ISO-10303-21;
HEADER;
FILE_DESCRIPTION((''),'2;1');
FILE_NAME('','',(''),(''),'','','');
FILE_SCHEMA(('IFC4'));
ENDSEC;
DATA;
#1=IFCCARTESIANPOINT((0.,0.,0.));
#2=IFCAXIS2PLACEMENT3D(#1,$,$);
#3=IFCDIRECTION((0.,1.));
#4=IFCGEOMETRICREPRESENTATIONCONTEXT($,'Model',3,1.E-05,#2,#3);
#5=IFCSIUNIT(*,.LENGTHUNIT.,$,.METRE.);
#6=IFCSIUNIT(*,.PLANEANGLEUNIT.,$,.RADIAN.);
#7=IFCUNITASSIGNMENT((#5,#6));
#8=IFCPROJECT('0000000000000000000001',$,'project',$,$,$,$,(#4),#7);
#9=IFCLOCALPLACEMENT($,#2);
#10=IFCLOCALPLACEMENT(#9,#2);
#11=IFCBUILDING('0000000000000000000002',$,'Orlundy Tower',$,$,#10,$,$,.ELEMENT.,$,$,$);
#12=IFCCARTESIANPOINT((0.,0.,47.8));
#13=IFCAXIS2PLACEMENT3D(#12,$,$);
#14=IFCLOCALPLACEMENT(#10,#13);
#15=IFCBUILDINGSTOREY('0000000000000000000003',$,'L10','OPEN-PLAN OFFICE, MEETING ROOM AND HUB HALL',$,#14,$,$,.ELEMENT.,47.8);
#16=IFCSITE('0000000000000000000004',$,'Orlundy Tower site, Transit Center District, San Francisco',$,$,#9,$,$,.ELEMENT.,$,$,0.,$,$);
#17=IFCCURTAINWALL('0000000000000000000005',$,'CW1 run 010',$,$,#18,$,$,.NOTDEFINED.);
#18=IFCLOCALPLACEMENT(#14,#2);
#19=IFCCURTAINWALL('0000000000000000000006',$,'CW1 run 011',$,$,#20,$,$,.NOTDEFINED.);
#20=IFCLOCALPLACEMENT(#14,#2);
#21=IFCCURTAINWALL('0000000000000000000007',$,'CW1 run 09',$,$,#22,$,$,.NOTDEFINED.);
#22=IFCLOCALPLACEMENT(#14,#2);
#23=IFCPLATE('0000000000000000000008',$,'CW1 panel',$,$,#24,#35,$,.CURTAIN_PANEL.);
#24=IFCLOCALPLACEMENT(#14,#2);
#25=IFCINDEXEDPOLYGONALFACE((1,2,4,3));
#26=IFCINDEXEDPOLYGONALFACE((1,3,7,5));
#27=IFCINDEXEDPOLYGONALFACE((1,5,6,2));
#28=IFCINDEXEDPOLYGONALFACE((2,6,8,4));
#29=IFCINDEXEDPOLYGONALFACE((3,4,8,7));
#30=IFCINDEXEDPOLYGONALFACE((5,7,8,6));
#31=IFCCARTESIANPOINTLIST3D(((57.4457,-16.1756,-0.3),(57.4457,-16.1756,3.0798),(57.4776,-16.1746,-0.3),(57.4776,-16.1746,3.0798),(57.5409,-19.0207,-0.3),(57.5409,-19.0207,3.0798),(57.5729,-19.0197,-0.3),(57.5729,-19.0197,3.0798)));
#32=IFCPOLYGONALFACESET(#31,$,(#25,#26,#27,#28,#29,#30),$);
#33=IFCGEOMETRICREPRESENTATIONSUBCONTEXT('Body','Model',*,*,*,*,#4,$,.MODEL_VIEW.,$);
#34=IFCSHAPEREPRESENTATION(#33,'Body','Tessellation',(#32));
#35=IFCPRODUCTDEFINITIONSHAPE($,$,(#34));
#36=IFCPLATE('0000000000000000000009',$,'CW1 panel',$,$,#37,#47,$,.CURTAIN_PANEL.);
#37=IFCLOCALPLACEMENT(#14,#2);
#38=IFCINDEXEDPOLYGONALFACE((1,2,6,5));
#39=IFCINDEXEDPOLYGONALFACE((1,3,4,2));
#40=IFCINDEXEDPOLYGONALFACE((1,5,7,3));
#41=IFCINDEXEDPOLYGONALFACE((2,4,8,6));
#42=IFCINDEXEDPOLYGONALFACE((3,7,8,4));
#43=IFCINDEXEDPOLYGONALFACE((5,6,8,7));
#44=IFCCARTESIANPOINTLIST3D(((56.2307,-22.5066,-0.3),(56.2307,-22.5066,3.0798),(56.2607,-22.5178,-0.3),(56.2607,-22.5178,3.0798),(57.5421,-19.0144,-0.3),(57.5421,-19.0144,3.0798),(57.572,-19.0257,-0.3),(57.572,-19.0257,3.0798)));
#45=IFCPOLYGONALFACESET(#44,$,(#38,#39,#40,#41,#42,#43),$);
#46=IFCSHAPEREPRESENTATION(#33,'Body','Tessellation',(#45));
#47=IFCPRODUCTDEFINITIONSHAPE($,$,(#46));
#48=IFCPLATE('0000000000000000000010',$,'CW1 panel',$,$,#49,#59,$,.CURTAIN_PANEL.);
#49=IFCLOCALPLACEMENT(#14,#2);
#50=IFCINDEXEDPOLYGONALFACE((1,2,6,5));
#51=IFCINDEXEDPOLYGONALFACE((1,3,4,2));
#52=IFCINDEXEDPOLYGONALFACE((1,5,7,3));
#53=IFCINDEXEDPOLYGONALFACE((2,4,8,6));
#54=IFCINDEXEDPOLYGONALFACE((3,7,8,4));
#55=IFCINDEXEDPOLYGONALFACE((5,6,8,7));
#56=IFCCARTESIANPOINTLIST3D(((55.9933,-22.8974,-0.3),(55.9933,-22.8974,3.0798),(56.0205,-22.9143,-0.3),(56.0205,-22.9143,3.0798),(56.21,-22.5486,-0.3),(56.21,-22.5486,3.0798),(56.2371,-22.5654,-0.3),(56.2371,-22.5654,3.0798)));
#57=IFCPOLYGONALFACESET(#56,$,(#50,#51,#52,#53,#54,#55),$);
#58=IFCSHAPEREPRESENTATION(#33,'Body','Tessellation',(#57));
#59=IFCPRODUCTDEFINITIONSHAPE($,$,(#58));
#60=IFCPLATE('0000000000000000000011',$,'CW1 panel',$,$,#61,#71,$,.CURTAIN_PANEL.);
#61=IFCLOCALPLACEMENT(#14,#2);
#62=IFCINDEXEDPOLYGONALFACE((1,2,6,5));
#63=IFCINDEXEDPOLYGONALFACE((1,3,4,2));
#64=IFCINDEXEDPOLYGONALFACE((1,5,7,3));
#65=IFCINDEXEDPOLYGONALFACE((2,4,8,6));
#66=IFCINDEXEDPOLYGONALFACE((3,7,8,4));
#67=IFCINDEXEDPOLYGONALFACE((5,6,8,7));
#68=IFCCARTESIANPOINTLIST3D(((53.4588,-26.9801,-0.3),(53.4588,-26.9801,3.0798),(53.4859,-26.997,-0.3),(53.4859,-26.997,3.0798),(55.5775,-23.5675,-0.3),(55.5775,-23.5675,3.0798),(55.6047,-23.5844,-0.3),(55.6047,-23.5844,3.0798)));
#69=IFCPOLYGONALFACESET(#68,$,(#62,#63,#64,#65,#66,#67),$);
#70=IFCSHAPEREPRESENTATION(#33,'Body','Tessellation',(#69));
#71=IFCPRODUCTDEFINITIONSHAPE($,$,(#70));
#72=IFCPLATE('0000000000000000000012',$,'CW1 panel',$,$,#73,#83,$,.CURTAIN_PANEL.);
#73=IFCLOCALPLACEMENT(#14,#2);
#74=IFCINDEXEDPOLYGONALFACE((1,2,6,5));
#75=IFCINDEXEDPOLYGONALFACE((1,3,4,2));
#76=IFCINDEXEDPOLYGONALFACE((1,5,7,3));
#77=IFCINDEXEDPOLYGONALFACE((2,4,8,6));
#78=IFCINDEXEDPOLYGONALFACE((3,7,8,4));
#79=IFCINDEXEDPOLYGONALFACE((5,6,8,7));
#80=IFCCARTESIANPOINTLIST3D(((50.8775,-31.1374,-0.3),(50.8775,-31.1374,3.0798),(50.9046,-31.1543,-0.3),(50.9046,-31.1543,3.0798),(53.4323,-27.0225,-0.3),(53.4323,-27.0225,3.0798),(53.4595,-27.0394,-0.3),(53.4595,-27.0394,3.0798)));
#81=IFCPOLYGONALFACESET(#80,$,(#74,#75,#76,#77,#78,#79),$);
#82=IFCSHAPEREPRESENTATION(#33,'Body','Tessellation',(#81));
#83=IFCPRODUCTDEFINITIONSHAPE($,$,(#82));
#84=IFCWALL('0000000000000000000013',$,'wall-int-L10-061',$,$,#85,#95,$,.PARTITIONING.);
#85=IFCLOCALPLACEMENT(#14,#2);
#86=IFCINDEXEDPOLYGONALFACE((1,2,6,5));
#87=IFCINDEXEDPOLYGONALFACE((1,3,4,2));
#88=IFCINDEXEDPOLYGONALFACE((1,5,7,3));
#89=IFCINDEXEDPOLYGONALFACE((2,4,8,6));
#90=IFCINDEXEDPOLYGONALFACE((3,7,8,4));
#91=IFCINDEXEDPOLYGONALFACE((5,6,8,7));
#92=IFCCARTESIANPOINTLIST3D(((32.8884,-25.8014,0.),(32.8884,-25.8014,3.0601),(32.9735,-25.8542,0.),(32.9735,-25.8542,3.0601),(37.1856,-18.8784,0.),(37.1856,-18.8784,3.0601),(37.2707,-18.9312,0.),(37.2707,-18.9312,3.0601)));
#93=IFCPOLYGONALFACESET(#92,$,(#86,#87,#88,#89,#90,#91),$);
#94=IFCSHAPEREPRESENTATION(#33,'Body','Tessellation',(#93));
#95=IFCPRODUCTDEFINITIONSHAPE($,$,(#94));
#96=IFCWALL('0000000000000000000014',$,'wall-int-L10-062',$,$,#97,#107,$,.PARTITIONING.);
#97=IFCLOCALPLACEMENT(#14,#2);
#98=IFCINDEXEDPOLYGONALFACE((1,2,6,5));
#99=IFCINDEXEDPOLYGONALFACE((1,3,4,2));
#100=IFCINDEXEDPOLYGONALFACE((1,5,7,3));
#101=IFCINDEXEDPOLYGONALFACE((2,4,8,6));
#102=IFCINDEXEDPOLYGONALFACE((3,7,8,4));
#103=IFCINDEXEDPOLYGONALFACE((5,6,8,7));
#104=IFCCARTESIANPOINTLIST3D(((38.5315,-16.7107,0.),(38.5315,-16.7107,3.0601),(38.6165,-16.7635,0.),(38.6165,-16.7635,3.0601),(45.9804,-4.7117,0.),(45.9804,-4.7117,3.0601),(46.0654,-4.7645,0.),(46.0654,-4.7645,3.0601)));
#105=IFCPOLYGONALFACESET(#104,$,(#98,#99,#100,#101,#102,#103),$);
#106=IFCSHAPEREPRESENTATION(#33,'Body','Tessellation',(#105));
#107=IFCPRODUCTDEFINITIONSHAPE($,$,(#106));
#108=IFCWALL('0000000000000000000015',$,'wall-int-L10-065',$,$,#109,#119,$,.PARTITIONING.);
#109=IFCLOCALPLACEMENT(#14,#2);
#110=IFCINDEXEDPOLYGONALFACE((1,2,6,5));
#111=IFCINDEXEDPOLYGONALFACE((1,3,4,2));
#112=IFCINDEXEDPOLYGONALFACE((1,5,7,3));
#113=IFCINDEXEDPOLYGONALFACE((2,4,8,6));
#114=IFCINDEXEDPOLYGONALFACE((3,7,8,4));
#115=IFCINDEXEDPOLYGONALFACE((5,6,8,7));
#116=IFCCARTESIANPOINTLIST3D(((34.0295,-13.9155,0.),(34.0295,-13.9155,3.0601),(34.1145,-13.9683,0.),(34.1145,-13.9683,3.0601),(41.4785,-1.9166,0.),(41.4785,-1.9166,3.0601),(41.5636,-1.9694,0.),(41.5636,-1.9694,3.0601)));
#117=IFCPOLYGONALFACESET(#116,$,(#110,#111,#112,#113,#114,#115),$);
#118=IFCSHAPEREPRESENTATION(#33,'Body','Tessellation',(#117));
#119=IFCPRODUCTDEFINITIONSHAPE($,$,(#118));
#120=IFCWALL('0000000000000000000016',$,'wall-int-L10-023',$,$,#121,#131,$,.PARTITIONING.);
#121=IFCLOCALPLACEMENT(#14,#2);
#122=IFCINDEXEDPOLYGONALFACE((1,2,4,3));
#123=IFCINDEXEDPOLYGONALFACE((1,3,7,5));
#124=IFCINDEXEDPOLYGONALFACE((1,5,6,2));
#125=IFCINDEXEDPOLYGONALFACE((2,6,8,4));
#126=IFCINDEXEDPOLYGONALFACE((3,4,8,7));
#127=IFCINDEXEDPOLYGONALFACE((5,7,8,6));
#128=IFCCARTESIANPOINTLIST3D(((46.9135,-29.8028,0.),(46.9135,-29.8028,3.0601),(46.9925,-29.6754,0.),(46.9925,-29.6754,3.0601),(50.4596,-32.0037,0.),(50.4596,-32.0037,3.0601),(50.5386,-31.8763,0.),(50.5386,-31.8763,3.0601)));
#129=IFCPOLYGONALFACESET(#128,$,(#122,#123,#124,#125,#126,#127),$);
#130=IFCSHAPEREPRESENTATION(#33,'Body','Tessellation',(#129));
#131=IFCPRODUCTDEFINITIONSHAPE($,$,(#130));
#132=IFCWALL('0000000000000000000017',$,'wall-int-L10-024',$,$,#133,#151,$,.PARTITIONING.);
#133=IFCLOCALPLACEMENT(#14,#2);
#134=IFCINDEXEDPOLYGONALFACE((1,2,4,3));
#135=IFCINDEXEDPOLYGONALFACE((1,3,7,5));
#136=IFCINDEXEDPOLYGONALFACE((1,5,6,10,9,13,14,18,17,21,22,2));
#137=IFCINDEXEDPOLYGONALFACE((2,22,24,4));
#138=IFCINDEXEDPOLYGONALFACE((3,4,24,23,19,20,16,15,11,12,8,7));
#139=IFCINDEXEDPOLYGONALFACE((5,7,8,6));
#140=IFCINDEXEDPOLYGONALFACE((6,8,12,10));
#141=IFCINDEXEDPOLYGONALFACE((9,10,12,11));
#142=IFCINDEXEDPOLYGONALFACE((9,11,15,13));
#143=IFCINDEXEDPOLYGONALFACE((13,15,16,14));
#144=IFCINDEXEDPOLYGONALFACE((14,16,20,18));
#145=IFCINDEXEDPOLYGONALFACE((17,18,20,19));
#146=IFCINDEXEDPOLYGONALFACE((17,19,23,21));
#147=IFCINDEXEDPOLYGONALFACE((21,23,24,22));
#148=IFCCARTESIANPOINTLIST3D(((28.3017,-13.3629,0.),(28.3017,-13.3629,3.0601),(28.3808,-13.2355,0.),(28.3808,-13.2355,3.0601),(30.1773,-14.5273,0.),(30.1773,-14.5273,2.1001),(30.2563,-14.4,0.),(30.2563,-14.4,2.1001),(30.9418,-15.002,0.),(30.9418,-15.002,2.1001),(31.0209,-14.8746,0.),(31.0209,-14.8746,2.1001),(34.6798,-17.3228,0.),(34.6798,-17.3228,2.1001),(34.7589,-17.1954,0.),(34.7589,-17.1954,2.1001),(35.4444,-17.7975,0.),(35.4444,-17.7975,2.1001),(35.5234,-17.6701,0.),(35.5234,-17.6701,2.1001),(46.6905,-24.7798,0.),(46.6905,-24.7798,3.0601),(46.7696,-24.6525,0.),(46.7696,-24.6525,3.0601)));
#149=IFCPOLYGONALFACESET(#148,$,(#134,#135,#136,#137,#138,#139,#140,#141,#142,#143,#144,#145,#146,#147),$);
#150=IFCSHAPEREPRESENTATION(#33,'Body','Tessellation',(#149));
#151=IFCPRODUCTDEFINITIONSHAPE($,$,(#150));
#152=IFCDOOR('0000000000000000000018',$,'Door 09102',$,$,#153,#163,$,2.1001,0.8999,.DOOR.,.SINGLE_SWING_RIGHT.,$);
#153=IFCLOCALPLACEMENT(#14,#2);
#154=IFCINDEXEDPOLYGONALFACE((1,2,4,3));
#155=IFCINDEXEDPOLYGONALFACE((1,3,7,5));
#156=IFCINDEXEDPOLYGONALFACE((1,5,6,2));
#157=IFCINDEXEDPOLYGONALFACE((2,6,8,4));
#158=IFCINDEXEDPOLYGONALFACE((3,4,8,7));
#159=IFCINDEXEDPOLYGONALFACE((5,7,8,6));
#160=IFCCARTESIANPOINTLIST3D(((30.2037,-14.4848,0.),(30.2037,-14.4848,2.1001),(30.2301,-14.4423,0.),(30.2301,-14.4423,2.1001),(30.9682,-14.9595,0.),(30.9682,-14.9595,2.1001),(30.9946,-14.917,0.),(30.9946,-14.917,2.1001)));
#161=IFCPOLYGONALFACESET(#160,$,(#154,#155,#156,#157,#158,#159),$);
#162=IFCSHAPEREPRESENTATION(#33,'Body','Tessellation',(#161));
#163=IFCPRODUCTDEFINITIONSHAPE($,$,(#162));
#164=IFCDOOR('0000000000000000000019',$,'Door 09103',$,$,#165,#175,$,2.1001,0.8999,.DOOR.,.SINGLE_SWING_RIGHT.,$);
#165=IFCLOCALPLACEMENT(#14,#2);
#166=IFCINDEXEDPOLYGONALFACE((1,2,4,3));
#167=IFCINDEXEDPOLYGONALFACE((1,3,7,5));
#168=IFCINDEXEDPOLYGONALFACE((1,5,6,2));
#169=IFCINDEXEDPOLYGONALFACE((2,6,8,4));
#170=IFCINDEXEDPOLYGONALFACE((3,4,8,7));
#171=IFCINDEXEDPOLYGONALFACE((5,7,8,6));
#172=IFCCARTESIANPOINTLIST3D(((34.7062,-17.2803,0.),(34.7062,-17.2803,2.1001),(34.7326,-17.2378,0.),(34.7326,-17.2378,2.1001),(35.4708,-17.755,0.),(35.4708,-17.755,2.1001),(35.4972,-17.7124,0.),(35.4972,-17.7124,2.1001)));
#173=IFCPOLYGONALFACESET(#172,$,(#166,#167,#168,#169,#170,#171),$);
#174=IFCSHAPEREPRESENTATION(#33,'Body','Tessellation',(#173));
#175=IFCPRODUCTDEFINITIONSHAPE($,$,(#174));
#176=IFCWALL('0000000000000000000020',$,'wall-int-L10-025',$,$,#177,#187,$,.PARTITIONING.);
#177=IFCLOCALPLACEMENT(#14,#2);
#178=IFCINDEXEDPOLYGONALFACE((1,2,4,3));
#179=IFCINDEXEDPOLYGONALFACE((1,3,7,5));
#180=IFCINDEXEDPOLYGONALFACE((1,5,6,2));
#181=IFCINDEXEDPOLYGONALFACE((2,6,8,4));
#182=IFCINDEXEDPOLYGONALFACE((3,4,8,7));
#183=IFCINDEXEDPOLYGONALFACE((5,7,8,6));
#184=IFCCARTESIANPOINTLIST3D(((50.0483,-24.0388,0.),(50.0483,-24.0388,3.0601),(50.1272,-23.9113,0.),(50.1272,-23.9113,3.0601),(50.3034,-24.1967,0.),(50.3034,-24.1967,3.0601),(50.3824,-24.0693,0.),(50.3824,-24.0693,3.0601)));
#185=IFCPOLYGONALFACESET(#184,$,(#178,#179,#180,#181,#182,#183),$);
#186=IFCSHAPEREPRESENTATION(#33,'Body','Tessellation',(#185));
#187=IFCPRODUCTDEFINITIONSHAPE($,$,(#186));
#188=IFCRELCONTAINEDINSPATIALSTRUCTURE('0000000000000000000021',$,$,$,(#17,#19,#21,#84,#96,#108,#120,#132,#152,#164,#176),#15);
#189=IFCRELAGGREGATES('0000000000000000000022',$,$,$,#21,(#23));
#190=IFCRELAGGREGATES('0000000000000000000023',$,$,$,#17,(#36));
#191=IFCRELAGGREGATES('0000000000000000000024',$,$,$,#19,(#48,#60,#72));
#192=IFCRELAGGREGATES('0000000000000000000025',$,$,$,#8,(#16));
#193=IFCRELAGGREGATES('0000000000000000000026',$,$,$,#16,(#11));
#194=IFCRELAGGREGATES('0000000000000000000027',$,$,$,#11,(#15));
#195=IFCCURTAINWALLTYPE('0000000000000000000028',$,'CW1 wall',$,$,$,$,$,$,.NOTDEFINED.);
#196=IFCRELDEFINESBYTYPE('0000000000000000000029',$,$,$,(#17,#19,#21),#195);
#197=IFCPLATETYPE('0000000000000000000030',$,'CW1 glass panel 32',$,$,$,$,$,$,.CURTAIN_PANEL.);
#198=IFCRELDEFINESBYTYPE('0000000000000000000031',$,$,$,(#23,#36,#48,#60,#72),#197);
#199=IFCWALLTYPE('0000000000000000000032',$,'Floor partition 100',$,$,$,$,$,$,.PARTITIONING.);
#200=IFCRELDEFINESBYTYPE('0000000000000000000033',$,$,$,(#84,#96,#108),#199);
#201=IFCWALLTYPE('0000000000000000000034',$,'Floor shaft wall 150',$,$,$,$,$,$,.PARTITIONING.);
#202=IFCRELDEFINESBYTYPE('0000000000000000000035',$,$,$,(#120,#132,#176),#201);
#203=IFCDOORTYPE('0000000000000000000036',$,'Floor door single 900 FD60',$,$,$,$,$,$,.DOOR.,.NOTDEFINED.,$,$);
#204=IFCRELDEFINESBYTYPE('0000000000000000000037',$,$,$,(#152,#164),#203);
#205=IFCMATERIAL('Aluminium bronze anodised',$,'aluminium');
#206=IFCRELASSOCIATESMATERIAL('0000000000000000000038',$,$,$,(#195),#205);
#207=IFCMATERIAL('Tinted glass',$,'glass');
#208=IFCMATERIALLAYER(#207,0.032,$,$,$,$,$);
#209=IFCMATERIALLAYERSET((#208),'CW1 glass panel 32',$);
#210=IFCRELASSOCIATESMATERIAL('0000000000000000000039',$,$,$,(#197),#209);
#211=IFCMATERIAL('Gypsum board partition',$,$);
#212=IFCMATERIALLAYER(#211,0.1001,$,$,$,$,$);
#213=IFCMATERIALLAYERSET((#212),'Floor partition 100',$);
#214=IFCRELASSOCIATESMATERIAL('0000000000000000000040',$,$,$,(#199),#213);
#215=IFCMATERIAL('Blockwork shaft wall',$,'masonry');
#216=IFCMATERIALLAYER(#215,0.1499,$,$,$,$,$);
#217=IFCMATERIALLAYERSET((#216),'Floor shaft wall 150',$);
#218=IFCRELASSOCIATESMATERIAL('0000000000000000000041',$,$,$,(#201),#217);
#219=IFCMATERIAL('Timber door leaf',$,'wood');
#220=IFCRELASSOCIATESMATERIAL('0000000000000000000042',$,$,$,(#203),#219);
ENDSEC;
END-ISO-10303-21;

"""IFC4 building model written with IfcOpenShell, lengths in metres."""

from ifc_helpers import new_model, si_unit, direction, frame, frame_2d, origin, origin_2d, place, context, subcontext, project, spatial, rectangle, extrude, material, layer, layer_set, type_object, element, fill, aggregate, save


model = new_model("IFC4")

# Units and contexts
model_context = context("Model", 3, precision=1e-05, world=origin(), true_north=direction((0.0, 1.0)))
body_context = subcontext(model_context, "Body", "Model", "MODEL_VIEW")
ifc_project = project(units=[si_unit("LENGTHUNIT", "METRE"), si_unit("PLANEANGLEUNIT", "RADIAN")], contexts=[model_context])

# Site, building, storey
site_placement = place(None, origin())
site = spatial("IfcSite", under=ifc_project, at=site_placement, Name="Orlundy Tower site, Transit Center District, San Francisco", CompositionType="ELEMENT", RefElevation=0.0)
building_placement = place(site_placement, origin())
building = spatial("IfcBuilding", under=site, at=building_placement, Name="Orlundy Tower", CompositionType="ELEMENT")
storey_placement = place(building_placement, frame((0.0, 0.0, 47.8)))
storey = spatial("IfcBuildingStorey", under=building, at=storey_placement, Name="L10", Description="OPEN-PLAN OFFICE, MEETING ROOM AND HUB HALL", CompositionType="ELEMENT", Elevation=47.8)

# Curtain wall
ifc_material_1 = material(Name="Aluminium bronze anodised", Category="aluminium")
curtain_wall_type = type_object("IfcCurtainWallType", Name="CW1 wall", PredefinedType="NOTDEFINED", material=ifc_material_1)
curtain_wall_1_placement = place(storey_placement, origin())
curtain_wall_1 = element("IfcCurtainWall", 1, at=curtain_wall_1_placement, inside=storey, type_object=curtain_wall_type, Name="CW1 run 010", PredefinedType="NOTDEFINED")

# Curtain wall
curtain_wall_2_placement = place(storey_placement, origin())
curtain_wall_2 = element("IfcCurtainWall", 2, at=curtain_wall_2_placement, inside=storey, type_object=curtain_wall_type, Name="CW1 run 011", PredefinedType="NOTDEFINED")

# Curtain wall
curtain_wall_3_placement = place(storey_placement, origin())
curtain_wall_3 = element("IfcCurtainWall", 3, at=curtain_wall_3_placement, inside=storey, type_object=curtain_wall_type, Name="CW1 run 09", PredefinedType="NOTDEFINED")

# Plates
ifc_material_2 = material(Name="Tinted glass", Category="glass")
ifc_layer_1 = layer(ifc_material_2, 0.032)
ifc_layer_set_1 = layer_set([ifc_layer_1], Name="CW1 glass panel 32")
plate_type = type_object("IfcPlateType", Name="CW1 glass panel 32", PredefinedType="CURTAIN_PANEL", material=ifc_layer_set_1)
plate_1_placement = place(storey_placement, frame((57.5093, -17.5977, -0.3), z_axis=(0.0, 0.0, 1.0), x_axis=(0.03345, -0.99944, 0.0)))
plate_1 = element("IfcPlate", 4, at=plate_1_placement, type_object=plate_type, Name="CW1 panel", PredefinedType="CURTAIN_PANEL", context=body_context, shape_type="SweptSolid", body=[
    extrude(rectangle(XDim=2.8467, YDim=0.032, at=origin_2d()), origin(), (0.0, 0.0, 1.0), 3.3799),
])
aggregate(curtain_wall_3, [plate_1])
plate_2_placement = place(storey_placement, frame((56.9014, -20.7661, -0.3), z_axis=(0.0, 0.0, 1.0), x_axis=(-0.351537, -0.936174, 0.0)))
plate_2 = element("IfcPlate", 5, at=plate_2_placement, type_object=plate_type, Name="CW1 panel", PredefinedType="CURTAIN_PANEL", context=body_context, shape_type="SweptSolid", body=[
    extrude(rectangle(XDim=3.7302, YDim=0.032, at=origin_2d()), origin(), (0.0, 0.0, 1.0), 3.3799),
])
aggregate(curtain_wall_1, [plate_2])
plate_3_placement = place(storey_placement, frame((56.1152, -22.7314, -0.3), z_axis=(0.0, 0.0, 1.0), x_axis=(-0.527475, -0.84957, 0.0)))
plate_3 = element("IfcPlate", 6, at=plate_3_placement, type_object=plate_type, Name="CW1 panel", PredefinedType="CURTAIN_PANEL", context=body_context, shape_type="SweptSolid", body=[
    extrude(rectangle(XDim=0.4106, YDim=0.032, at=origin_2d()), origin(), (0.0, 0.0, 1.0), 3.3799),
])
plate_4_placement = place(storey_placement, frame((54.5317, -25.2822, -0.3), z_axis=(0.0, 0.0, 1.0), x_axis=(-0.527475, -0.84957, 0.0)))
plate_4 = element("IfcPlate", 7, at=plate_4_placement, type_object=plate_type, Name="CW1 panel", PredefinedType="CURTAIN_PANEL", context=body_context, shape_type="SweptSolid", body=[
    extrude(rectangle(XDim=4.0168, YDim=0.032, at=origin_2d()), origin(), (0.0, 0.0, 1.0), 3.3799),
])
plate_5_placement = place(storey_placement, frame((52.1685, -29.0884, -0.3), z_axis=(0.0, 0.0, 1.0), x_axis=(-0.527475, -0.84957, 0.0)))
plate_5 = element("IfcPlate", 8, at=plate_5_placement, type_object=plate_type, Name="CW1 panel", PredefinedType="CURTAIN_PANEL", context=body_context, shape_type="SweptSolid", body=[
    extrude(rectangle(XDim=4.8435, YDim=0.032, at=origin_2d()), origin(), (0.0, 0.0, 1.0), 3.3799),
])
aggregate(curtain_wall_2, [plate_3, plate_4, plate_5])

# Walls
ifc_material_3 = material(Name="Gypsum board partition")
ifc_layer_2 = layer(ifc_material_3, 0.1001)
ifc_layer_set_2 = layer_set([ifc_layer_2], Name="Floor partition 100")
wall_type_1 = type_object("IfcWallType", Name="Floor partition 100", PredefinedType="PARTITIONING", material=ifc_layer_set_2)
wall_1_placement = place(storey_placement, frame((32.9309, -25.8279, 0.0), z_axis=(0.0, 0.0, 1.0), x_axis=(0.527379, 0.84963, 0.0)))
element("IfcWall", 9, at=wall_1_placement, inside=storey, type_object=wall_type_1, Name="wall-int-L10-061", PredefinedType="PARTITIONING", context=body_context, shape_type="SweptSolid", body=[
    extrude(rectangle(XDim=8.1482, YDim=0.1001, at=frame_2d((4.0742, 0.0))), origin(), (0.0, 0.0, 1.0), 3.0601),
])
for number, where, z_axis, x_axis, name in (
    (10, (38.574, -16.7371, 0.0), (0.0, 0.0, 1.0), (0.52743, 0.849599, 0.0), "wall-int-L10-062"),
    (11, (34.072, -13.9419, 0.0), (0.0, 0.0, 1.0), (0.527437, 0.849594, 0.0), "wall-int-L10-065"),
):
    element("IfcWall", number, at=place(storey_placement, frame(where, z_axis=z_axis, x_axis=x_axis)), inside=storey, type_object=wall_type_1, Name=name, PredefinedType="PARTITIONING", context=body_context, shape_type="SweptSolid", body=[
        extrude(rectangle(XDim=14.123, YDim=0.1001, at=frame_2d((7.0615, 0.0))), origin(), (0.0, 0.0, 1.0), 3.0601),
    ])
ifc_material_4 = material(Name="Blockwork shaft wall", Category="masonry")
ifc_layer_3 = layer(ifc_material_4, 0.1499)
ifc_layer_set_3 = layer_set([ifc_layer_3], Name="Floor shaft wall 150")
wall_type_2 = type_object("IfcWallType", Name="Floor shaft wall 150", PredefinedType="PARTITIONING", material=ifc_layer_set_3)
wall_2_placement = place(storey_placement, frame((46.9529, -29.739, 0.0), z_axis=(0.0, 0.0, 1.0), x_axis=(0.849654, -0.527341, 0.0)))
element("IfcWall", 12, at=wall_2_placement, inside=storey, type_object=wall_type_2, Name="wall-int-L10-023", PredefinedType="PARTITIONING", context=body_context, shape_type="SweptSolid", body=[
    extrude(rectangle(XDim=4.1736, YDim=0.1499, at=frame_2d((2.0869, 0.0))), origin(), (0.0, 0.0, 1.0), 3.0601),
])

# Wall, openings, doors
wall_3_placement = place(storey_placement, frame((46.73, -24.7161, 0.0), z_axis=(0.0, 0.0, 1.0), x_axis=(-0.849574, 0.527469, 0.0)))
wall_3 = element("IfcWall", 13, at=wall_3_placement, inside=storey, type_object=wall_type_2, Name="wall-int-L10-024", PredefinedType="PARTITIONING", context=body_context, shape_type="SweptSolid", body=[
    extrude(rectangle(XDim=21.6448, YDim=0.1499, at=frame_2d((10.8223, 0.0))), origin(), (0.0, 0.0, 1.0), 3.0601),
])
opening_1_placement = place(wall_3_placement, frame((18.5371, 0.0, 0.0)))
opening_1 = element("IfcOpeningElement", 14, at=opening_1_placement, cuts=wall_3, PredefinedType="OPENING", context=body_context, shape_type="SweptSolid", body=[
    extrude(rectangle(XDim=0.8999, YDim=2.1001, at=frame_2d((0.45, 1.05))), frame((0.0, 0.085, 0.0), z_axis=(0.0, -1.0, 0.0), x_axis=(1.0, 0.0, 0.0)), (0.0, 0.0, 1.0), 0.1699),
])
opening_2_placement = place(wall_3_placement, frame((13.2373, 0.0, 0.0)))
opening_2 = element("IfcOpeningElement", 15, at=opening_2_placement, cuts=wall_3, PredefinedType="OPENING", context=body_context, shape_type="SweptSolid", body=[
    extrude(rectangle(XDim=0.8999, YDim=2.1001, at=frame_2d((0.45, 1.05))), frame((0.0, 0.085, 0.0), z_axis=(0.0, -1.0, 0.0), x_axis=(1.0, 0.0, 0.0)), (0.0, 0.0, 1.0), 0.1699),
])
ifc_material_5 = material(Name="Timber door leaf", Category="wood")
door_type = type_object("IfcDoorType", Name="Floor door single 900 FD60", OperationType="NOTDEFINED", PredefinedType="DOOR", material=ifc_material_5)
door_1_placement = place(opening_1_placement, origin())
door_1 = element("IfcDoor", 16, at=door_1_placement, inside=storey, type_object=door_type, Name="Door 09102", OperationType="SINGLE_SWING_RIGHT", OverallHeight=2.1001, OverallWidth=0.8999, PredefinedType="DOOR", context=body_context, shape_type="SweptSolid", body=[
    extrude(rectangle(XDim=0.8999, YDim=2.1001, at=frame_2d((0.45, 1.05))), frame((0.0, 0.0249, 0.0), z_axis=(0.0, -1.0, 0.0), x_axis=(1.0, 0.0, 0.0)), (0.0, 0.0, 1.0), 0.05),
])
fill(opening_1, door_1)
door_2_placement = place(opening_2_placement, origin())
door_2 = element("IfcDoor", 17, at=door_2_placement, inside=storey, type_object=door_type, Name="Door 09103", OperationType="SINGLE_SWING_RIGHT", OverallHeight=2.1001, OverallWidth=0.8999, PredefinedType="DOOR", context=body_context, shape_type="SweptSolid", body=[
    extrude(rectangle(XDim=0.8999, YDim=2.1001, at=frame_2d((0.45, 1.05))), frame((0.0, 0.0249, 0.0), z_axis=(0.0, -1.0, 0.0), x_axis=(1.0, 0.0, 0.0)), (0.0, 0.0, 1.0), 0.05),
])
fill(opening_2, door_2)

# Wall
wall_4_placement = place(storey_placement, frame((50.0879, -23.9751, 0.0), z_axis=(0.0, 0.0, 1.0), x_axis=(0.85023, -0.526411, 0.0)))
element("IfcWall", 18, at=wall_4_placement, inside=storey, type_object=wall_type_2, Name="wall-int-L10-025", PredefinedType="PARTITIONING", context=body_context, shape_type="SweptSolid", body=[
    extrude(rectangle(XDim=0.3, YDim=0.1499, at=frame_2d((0.1499, 0.0))), origin(), (0.0, 0.0, 1.0), 3.0601),
])

save(model, "model.ifc")
